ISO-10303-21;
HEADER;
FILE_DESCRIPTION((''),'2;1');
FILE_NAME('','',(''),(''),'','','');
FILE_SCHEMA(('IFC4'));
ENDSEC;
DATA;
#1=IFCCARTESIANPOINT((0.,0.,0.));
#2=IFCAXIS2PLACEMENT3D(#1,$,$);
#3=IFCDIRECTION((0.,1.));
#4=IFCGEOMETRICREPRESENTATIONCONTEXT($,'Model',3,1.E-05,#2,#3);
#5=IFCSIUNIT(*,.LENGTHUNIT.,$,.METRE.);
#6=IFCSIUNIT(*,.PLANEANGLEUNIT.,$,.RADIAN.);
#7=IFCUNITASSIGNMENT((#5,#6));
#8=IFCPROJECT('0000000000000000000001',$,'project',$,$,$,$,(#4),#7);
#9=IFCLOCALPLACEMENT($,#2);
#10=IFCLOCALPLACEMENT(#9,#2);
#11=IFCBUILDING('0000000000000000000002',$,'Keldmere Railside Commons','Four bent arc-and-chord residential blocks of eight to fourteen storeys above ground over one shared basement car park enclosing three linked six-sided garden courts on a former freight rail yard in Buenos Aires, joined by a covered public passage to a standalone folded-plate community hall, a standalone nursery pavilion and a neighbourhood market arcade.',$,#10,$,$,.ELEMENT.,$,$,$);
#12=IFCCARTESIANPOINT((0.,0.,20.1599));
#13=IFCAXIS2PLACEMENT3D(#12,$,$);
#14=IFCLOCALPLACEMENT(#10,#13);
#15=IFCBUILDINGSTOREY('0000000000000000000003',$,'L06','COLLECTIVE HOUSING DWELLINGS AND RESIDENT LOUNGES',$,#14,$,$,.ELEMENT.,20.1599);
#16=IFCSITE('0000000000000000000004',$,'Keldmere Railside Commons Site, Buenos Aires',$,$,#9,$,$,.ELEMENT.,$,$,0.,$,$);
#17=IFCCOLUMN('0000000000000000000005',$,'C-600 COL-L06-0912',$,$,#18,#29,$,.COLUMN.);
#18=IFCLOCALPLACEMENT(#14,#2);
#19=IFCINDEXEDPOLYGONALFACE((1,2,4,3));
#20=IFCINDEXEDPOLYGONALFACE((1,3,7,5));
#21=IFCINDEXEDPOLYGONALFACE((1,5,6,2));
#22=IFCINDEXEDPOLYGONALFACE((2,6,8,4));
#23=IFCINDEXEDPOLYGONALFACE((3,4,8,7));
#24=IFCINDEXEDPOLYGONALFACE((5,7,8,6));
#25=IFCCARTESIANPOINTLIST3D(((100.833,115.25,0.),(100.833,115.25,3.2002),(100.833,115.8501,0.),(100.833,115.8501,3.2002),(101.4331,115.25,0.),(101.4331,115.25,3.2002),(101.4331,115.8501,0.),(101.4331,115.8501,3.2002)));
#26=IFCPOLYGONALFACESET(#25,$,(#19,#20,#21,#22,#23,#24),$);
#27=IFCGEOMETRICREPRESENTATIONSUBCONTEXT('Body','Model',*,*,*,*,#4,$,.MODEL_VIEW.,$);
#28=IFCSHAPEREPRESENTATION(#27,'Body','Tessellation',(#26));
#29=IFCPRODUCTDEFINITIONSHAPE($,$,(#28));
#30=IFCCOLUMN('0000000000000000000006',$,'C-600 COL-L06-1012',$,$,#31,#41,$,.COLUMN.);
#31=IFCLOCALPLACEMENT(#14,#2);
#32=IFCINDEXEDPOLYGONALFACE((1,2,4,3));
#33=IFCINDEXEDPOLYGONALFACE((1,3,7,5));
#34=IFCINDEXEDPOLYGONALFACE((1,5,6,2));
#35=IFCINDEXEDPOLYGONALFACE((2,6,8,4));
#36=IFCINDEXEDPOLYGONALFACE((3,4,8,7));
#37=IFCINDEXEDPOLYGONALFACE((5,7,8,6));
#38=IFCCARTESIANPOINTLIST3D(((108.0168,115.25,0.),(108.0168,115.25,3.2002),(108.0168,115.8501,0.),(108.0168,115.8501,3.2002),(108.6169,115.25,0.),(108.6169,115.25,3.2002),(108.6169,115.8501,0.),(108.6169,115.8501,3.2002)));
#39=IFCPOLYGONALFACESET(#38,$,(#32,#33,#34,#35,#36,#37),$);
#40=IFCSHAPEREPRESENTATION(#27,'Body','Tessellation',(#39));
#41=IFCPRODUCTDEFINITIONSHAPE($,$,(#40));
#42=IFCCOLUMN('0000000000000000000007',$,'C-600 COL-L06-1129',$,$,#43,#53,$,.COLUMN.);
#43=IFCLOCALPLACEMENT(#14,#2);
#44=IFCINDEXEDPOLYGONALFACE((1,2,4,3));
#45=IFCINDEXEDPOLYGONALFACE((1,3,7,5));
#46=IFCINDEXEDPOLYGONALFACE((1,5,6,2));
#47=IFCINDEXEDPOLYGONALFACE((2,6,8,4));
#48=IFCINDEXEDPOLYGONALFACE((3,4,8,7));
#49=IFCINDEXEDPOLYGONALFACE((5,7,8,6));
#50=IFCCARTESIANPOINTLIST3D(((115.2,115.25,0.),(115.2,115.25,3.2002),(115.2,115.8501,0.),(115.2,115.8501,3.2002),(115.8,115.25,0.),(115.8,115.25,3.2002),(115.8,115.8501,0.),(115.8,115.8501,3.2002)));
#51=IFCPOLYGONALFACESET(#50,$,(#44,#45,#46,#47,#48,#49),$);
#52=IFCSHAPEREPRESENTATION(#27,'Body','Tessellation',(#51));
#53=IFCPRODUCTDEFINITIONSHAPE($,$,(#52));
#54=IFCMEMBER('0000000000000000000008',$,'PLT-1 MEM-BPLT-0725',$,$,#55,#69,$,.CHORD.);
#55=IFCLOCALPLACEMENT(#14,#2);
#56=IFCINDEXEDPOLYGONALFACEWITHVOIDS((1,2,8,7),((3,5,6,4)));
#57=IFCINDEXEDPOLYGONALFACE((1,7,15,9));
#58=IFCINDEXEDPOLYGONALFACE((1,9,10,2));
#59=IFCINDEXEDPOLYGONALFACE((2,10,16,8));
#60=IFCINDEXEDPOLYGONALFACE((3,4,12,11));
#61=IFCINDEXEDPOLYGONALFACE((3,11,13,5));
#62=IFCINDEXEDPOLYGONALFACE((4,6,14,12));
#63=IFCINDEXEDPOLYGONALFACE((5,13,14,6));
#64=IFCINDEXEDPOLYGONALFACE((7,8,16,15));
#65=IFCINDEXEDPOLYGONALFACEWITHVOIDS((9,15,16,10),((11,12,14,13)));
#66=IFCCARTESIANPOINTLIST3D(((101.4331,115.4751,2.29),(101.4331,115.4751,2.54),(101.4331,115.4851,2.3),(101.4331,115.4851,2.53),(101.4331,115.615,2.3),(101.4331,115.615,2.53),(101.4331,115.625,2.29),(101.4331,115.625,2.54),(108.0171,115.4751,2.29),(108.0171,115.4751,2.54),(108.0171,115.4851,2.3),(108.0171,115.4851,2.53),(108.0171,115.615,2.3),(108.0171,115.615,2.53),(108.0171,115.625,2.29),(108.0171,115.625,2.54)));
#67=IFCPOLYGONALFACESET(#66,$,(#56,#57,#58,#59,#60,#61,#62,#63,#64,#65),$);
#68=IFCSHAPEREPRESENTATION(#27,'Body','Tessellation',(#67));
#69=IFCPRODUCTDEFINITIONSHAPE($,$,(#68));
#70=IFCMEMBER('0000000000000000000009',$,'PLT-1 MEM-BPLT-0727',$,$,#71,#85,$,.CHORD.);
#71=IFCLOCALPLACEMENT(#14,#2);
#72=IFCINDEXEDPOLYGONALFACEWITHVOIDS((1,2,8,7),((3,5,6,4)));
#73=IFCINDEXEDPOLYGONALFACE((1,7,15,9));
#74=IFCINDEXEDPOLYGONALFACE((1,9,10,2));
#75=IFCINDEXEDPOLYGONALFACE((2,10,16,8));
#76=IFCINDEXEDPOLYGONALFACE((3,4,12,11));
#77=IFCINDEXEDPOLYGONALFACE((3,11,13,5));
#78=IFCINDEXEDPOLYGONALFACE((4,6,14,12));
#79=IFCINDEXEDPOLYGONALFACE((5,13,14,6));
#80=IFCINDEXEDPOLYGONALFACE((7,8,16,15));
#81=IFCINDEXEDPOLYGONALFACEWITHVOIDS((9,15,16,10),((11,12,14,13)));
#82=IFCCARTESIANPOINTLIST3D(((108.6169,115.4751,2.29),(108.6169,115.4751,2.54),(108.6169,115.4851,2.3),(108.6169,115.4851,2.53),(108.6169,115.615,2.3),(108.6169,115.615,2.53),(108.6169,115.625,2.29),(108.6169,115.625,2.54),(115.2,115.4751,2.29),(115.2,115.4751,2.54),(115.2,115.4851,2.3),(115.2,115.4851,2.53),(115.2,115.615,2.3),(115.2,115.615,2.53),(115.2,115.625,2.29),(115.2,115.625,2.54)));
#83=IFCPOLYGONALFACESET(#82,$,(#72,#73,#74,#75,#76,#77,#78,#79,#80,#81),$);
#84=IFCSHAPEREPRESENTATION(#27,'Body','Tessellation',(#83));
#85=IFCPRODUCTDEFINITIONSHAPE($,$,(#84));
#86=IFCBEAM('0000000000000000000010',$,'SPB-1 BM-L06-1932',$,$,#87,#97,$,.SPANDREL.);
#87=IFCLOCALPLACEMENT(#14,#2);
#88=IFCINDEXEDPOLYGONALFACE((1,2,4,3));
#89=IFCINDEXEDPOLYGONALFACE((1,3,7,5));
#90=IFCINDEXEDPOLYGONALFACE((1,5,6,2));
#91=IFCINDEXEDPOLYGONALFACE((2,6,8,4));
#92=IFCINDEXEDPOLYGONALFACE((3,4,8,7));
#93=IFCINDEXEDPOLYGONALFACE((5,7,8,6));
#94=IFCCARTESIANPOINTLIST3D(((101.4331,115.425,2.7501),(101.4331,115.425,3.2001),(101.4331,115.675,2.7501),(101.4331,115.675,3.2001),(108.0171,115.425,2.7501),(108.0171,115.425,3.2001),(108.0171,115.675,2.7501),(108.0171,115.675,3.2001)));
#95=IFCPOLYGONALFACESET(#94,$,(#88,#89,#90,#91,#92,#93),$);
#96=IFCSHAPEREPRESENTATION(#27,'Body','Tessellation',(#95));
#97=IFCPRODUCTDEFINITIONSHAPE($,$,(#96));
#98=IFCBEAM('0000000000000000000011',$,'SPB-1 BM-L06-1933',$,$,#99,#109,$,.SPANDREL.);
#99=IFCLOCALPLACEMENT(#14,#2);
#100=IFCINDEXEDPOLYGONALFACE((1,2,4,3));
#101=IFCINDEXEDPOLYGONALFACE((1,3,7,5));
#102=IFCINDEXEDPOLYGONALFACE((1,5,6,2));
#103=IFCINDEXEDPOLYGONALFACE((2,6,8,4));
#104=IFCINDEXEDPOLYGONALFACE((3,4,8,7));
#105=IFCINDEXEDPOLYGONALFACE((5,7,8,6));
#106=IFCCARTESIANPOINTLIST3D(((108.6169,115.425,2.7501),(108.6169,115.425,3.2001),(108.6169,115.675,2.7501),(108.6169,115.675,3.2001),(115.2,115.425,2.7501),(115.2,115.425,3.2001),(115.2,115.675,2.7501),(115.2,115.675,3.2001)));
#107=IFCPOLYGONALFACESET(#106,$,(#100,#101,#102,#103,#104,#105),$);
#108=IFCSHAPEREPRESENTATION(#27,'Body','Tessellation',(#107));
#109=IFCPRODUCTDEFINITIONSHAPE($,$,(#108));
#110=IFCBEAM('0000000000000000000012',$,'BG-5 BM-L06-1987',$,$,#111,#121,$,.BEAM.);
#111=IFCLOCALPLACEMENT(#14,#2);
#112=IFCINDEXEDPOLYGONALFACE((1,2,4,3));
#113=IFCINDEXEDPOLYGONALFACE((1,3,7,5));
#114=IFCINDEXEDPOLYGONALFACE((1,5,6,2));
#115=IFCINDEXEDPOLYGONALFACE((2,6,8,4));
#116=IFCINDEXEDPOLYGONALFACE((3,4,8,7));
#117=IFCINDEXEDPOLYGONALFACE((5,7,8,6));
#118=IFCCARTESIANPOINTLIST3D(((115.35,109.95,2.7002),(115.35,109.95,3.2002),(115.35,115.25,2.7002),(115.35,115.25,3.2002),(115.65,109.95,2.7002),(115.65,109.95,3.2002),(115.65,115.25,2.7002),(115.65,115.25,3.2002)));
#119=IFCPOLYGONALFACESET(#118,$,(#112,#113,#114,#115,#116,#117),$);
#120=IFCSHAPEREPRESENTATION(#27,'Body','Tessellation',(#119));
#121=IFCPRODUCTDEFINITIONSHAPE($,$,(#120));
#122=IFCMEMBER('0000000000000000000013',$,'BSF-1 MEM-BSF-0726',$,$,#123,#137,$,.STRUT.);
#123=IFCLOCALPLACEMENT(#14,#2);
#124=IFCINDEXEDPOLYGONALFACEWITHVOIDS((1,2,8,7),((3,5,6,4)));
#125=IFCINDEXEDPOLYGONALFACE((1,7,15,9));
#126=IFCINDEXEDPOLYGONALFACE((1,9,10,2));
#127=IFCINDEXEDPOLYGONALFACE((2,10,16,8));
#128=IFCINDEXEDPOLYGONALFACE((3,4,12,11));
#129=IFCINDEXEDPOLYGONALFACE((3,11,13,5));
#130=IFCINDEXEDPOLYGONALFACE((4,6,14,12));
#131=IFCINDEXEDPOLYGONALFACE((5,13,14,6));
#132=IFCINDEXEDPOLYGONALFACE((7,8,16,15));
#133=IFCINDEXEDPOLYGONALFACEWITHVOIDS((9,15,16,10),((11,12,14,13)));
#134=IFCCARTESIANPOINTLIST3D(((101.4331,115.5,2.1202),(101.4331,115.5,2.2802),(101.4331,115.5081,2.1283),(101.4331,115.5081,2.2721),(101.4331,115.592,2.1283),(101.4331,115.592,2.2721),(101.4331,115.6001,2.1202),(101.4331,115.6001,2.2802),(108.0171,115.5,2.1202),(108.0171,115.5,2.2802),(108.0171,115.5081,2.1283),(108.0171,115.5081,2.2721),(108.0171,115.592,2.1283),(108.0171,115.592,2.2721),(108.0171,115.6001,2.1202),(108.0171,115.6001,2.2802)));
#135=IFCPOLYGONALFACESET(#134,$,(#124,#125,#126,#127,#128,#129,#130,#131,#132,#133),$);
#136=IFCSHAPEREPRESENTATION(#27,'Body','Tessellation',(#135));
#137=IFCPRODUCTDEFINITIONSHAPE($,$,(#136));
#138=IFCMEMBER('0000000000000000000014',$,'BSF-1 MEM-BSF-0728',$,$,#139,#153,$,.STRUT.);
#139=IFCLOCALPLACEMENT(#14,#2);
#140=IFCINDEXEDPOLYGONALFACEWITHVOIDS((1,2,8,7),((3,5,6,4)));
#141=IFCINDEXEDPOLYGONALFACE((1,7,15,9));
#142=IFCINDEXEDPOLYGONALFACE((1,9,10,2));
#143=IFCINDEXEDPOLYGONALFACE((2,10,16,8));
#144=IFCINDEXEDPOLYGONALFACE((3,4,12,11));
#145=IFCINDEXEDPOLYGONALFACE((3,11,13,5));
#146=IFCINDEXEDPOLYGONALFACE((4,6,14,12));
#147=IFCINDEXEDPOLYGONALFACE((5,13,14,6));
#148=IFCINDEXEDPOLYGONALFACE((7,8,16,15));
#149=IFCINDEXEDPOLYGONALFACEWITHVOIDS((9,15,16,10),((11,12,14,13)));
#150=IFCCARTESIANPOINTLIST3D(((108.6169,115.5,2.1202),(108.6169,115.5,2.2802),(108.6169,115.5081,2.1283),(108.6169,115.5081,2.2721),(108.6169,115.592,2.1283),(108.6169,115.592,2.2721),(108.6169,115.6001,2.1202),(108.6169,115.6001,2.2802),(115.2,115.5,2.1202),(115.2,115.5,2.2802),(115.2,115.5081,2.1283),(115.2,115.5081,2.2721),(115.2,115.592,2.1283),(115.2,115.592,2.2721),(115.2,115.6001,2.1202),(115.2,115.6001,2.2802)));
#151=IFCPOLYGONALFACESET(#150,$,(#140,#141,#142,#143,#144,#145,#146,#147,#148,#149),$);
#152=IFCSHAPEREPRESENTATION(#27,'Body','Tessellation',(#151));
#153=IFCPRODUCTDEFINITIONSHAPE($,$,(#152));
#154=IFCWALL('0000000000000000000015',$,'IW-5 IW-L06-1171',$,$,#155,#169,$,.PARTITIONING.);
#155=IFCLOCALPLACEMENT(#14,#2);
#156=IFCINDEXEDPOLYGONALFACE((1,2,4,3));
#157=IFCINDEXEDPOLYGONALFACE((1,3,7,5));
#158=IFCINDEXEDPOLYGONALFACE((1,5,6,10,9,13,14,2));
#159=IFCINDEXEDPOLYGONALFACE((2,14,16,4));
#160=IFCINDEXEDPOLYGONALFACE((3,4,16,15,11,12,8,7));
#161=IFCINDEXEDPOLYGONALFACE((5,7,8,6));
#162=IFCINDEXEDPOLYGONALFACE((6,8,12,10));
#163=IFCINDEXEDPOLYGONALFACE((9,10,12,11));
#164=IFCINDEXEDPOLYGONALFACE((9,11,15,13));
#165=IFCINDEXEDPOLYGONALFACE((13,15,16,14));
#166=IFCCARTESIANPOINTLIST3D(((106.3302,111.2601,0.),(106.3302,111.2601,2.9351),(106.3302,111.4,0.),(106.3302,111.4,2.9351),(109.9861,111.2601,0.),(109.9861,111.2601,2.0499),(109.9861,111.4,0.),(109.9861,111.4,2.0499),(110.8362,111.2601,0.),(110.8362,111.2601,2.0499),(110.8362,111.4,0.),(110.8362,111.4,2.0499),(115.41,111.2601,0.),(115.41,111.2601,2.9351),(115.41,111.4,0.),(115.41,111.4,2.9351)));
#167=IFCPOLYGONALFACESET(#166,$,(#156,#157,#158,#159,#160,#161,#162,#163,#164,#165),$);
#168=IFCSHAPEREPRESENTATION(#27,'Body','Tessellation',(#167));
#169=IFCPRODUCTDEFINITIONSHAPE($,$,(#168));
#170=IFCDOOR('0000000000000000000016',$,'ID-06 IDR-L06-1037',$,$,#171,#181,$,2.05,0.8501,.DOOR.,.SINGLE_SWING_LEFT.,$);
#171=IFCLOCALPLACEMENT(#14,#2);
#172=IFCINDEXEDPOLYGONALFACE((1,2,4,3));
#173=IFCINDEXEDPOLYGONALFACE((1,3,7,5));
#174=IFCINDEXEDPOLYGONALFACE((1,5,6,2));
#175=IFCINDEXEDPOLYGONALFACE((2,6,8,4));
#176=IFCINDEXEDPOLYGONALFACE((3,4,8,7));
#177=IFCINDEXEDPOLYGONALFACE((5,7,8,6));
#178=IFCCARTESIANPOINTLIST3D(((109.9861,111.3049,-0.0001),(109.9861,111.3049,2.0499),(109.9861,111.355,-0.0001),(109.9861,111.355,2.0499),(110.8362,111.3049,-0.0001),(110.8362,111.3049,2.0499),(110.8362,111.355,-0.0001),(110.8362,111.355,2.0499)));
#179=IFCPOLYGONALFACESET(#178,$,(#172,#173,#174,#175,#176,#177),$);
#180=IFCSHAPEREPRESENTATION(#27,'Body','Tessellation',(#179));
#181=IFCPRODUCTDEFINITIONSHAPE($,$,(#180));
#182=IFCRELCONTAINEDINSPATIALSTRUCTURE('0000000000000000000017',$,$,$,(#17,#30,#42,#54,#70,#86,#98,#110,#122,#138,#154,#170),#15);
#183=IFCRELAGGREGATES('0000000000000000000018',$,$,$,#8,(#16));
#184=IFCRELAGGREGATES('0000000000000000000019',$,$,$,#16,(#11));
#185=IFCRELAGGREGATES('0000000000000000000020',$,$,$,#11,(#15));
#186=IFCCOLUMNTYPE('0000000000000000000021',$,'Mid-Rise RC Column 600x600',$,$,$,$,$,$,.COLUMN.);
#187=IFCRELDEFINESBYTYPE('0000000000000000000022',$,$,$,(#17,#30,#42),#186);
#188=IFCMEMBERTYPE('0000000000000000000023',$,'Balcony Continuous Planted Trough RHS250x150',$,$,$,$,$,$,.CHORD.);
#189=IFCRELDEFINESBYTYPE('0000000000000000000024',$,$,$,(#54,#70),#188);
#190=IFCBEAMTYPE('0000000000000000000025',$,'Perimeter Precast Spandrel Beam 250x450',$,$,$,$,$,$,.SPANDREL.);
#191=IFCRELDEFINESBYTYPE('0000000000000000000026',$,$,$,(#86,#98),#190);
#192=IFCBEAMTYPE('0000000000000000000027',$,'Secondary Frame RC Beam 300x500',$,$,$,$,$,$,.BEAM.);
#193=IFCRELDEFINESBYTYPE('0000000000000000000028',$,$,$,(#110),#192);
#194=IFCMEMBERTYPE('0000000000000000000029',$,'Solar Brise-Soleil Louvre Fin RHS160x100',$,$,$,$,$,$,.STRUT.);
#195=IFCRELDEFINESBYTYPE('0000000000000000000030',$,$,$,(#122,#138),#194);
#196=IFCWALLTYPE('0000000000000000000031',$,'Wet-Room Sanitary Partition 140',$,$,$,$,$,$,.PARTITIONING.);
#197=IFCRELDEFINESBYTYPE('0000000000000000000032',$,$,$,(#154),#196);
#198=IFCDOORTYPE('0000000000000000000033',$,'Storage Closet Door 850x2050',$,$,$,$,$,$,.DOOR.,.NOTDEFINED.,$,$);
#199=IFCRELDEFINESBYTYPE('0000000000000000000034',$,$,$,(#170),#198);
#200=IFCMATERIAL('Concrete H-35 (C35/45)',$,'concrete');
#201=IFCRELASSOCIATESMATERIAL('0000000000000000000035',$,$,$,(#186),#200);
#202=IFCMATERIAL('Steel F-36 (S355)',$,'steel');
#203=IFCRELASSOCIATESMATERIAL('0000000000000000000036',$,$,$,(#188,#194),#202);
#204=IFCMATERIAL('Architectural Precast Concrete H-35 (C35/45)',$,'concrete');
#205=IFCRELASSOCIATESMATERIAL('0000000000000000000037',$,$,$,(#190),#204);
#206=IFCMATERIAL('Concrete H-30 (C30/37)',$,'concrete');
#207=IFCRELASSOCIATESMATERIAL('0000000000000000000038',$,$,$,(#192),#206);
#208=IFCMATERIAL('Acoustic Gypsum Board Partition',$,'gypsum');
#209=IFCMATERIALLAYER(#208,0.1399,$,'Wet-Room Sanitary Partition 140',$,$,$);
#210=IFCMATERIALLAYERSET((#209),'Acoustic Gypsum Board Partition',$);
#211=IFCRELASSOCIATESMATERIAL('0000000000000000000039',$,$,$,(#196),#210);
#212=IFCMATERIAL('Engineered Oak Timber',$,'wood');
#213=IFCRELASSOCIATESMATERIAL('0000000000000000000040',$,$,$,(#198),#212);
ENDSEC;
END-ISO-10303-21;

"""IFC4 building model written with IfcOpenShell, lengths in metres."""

from ifc_helpers import new_model, si_unit, direction, frame, frame_2d, origin, origin_2d, place, context, subcontext, project, spatial, rectangle, hollow_rectangle, extrude, material, layer, layer_set, material_profile, profile_set, type_object, element, fill, save


model = new_model("IFC4")

# Units and contexts
model_context = context("Model", 3, precision=1e-05, world=origin(), true_north=direction((0.0, 1.0)))
body_context = subcontext(model_context, "Body", "Model", "MODEL_VIEW")
ifc_project = project(units=[si_unit("LENGTHUNIT", "METRE"), si_unit("PLANEANGLEUNIT", "RADIAN")], contexts=[model_context])

# Site, building, storey
site_placement = place(None, origin())
site = spatial("IfcSite", under=ifc_project, at=site_placement, Name="Keldmere Railside Commons Site, Buenos Aires", CompositionType="ELEMENT", RefElevation=0.0)
building_placement = place(site_placement, origin())
building = spatial("IfcBuilding", under=site, at=building_placement, Name="Keldmere Railside Commons", Description="Four bent arc-and-chord residential blocks of eight to fourteen storeys above ground over one shared basement car park enclosing three linked six-sided garden courts on a former freight rail yard in Buenos Aires, joined by a covered public passage to a standalone folded-plate community hall, a standalone nursery pavilion and a neighbourhood market arcade.", CompositionType="ELEMENT")
storey_placement = place(building_placement, frame((0.0, 0.0, 20.1599)))
storey = spatial("IfcBuildingStorey", under=building, at=storey_placement, Name="L06", Description="COLLECTIVE HOUSING DWELLINGS AND RESIDENT LOUNGES", CompositionType="ELEMENT", Elevation=20.1599)

# Columns
ifc_material_1 = material(Name="Concrete H-35 (C35/45)", Category="concrete")
ifc_material_profile_1 = material_profile(ifc_material_1, rectangle(XDim=0.6001, YDim=0.6001, at=origin_2d()), Name="RC-600x600")
ifc_profile_set_1 = profile_set([ifc_material_profile_1], Name="Concrete H-35 (C35/45)")
column_type = type_object("IfcColumnType", Name="Mid-Rise RC Column 600x600", PredefinedType="COLUMN", material=ifc_profile_set_1)
for number, where, z_axis, x_axis, name in (
    (1, (101.1331, 115.55, 0.0), (0.0, 0.0, 1.0), (1.0, 0.0, 0.0), "C-600 COL-L06-0912"),
    (2, (108.3169, 115.55, 0.0), (0.0, 0.0, 1.0), (1.0, 0.0, 0.0), "C-600 COL-L06-1012"),
    (3, (115.5, 115.55, 0.0), (0.0, 0.0, 1.0), (1.0, 0.0, 0.0), "C-600 COL-L06-1129"),
):
    element("IfcColumn", number, at=place(storey_placement, frame(where, z_axis=z_axis, x_axis=x_axis)), inside=storey, type_object=column_type, Name=name, PredefinedType="COLUMN", context=body_context, shape_type="SweptSolid", body=[
        extrude(rectangle(XDim=0.6001, YDim=0.6001, at=origin_2d()), origin(), (0.0, 0.0, 1.0), 3.2002),
    ])

# Members
ifc_material_2 = material(Name="Steel F-36 (S355)", Category="steel")
ifc_material_profile_2 = material_profile(ifc_material_2, hollow_rectangle(XDim=0.1499, YDim=0.25, WallThickness=0.01, at=origin_2d()), Name="RHS-250x150x10")
ifc_profile_set_2 = profile_set([ifc_material_profile_2], Name="Steel F-36 (S355)")
member_type_1 = type_object("IfcMemberType", Name="Balcony Continuous Planted Trough RHS250x150", PredefinedType="CHORD", material=ifc_profile_set_2)
member_1_placement = place(storey_placement, frame((101.4331, 115.55, 2.415), z_axis=(1.0, 0.0, 0.0), x_axis=(0.0, 1.0, 0.0)))
element("IfcMember", 4, at=member_1_placement, inside=storey, type_object=member_type_1, Name="PLT-1 MEM-BPLT-0725", PredefinedType="CHORD", context=body_context, shape_type="SweptSolid", body=[
    extrude(hollow_rectangle(XDim=0.1499, YDim=0.25, WallThickness=0.01, at=origin_2d()), origin(), (0.0, 0.0, 1.0), 6.584),
])
member_2_placement = place(storey_placement, frame((108.6169, 115.55, 2.415), z_axis=(1.0, 0.0, 0.0), x_axis=(0.0, 1.0, 0.0)))
element("IfcMember", 5, at=member_2_placement, inside=storey, type_object=member_type_1, Name="PLT-1 MEM-BPLT-0727", PredefinedType="CHORD", context=body_context, shape_type="SweptSolid", body=[
    extrude(hollow_rectangle(XDim=0.1499, YDim=0.25, WallThickness=0.01, at=origin_2d()), origin(), (0.0, 0.0, 1.0), 6.583),
])

# Beams
ifc_material_3 = material(Name="Architectural Precast Concrete H-35 (C35/45)", Category="concrete")
ifc_material_profile_3 = material_profile(ifc_material_3, rectangle(XDim=0.25, YDim=0.45, at=origin_2d()), Name="RC-250x450")
ifc_profile_set_3 = profile_set([ifc_material_profile_3], Name="Architectural Precast Concrete H-35 (C35/45)")
beam_type_1 = type_object("IfcBeamType", Name="Perimeter Precast Spandrel Beam 250x450", PredefinedType="SPANDREL", material=ifc_profile_set_3)
beam_1_placement = place(storey_placement, frame((101.4331, 115.55, 2.9751), z_axis=(1.0, 0.0, 0.0), x_axis=(0.0, 1.0, 0.0)))
element("IfcBeam", 6, at=beam_1_placement, inside=storey, type_object=beam_type_1, Name="SPB-1 BM-L06-1932", PredefinedType="SPANDREL", context=body_context, shape_type="SweptSolid", body=[
    extrude(rectangle(XDim=0.25, YDim=0.45, at=origin_2d()), origin(), (0.0, 0.0, 1.0), 6.584),
])
beam_2_placement = place(storey_placement, frame((108.6169, 115.55, 2.9751), z_axis=(1.0, 0.0, 0.0), x_axis=(0.0, 1.0, 0.0)))
element("IfcBeam", 7, at=beam_2_placement, inside=storey, type_object=beam_type_1, Name="SPB-1 BM-L06-1933", PredefinedType="SPANDREL", context=body_context, shape_type="SweptSolid", body=[
    extrude(rectangle(XDim=0.25, YDim=0.45, at=origin_2d()), origin(), (0.0, 0.0, 1.0), 6.583),
])
ifc_material_4 = material(Name="Concrete H-30 (C30/37)", Category="concrete")
ifc_material_profile_4 = material_profile(ifc_material_4, rectangle(XDim=0.3, YDim=0.5, at=origin_2d()), Name="RC-300x500")
ifc_profile_set_4 = profile_set([ifc_material_profile_4], Name="Concrete H-30 (C30/37)")
beam_type_2 = type_object("IfcBeamType", Name="Secondary Frame RC Beam 300x500", PredefinedType="BEAM", material=ifc_profile_set_4)
beam_3_placement = place(storey_placement, frame((115.5, 109.95, 2.9502), z_axis=(0.0, 1.0, 0.0), x_axis=(-1.0, 0.0, 0.0)))
element("IfcBeam", 8, at=beam_3_placement, inside=storey, type_object=beam_type_2, Name="BG-5 BM-L06-1987", PredefinedType="BEAM", context=body_context, shape_type="SweptSolid", body=[
    extrude(rectangle(XDim=0.3, YDim=0.5, at=origin_2d()), origin(), (0.0, 0.0, 1.0), 5.3),
])

# Members
ifc_material_profile_5 = material_profile(ifc_material_2, hollow_rectangle(XDim=0.1001, YDim=0.1599, WallThickness=0.0081, at=origin_2d()), Name="RHS-160x100x8")
ifc_profile_set_5 = profile_set([ifc_material_profile_5], Name="Steel F-36 (S355)")
member_type_2 = type_object("IfcMemberType", Name="Solar Brise-Soleil Louvre Fin RHS160x100", PredefinedType="STRUT", material=ifc_profile_set_5)
member_3_placement = place(storey_placement, frame((101.4331, 115.55, 2.2002), z_axis=(1.0, 0.0, 0.0), x_axis=(0.0, 1.0, 0.0)))
element("IfcMember", 9, at=member_3_placement, inside=storey, type_object=member_type_2, Name="BSF-1 MEM-BSF-0726", PredefinedType="STRUT", context=body_context, shape_type="SweptSolid", body=[
    extrude(hollow_rectangle(XDim=0.1001, YDim=0.1599, WallThickness=0.0081, at=origin_2d()), origin(), (0.0, 0.0, 1.0), 6.584),
])
member_4_placement = place(storey_placement, frame((108.6169, 115.55, 2.2002), z_axis=(1.0, 0.0, 0.0), x_axis=(0.0, 1.0, 0.0)))
element("IfcMember", 10, at=member_4_placement, inside=storey, type_object=member_type_2, Name="BSF-1 MEM-BSF-0728", PredefinedType="STRUT", context=body_context, shape_type="SweptSolid", body=[
    extrude(hollow_rectangle(XDim=0.1001, YDim=0.1599, WallThickness=0.0081, at=origin_2d()), origin(), (0.0, 0.0, 1.0), 6.583),
])

# Wall, opening, door
ifc_material_5 = material(Name="Acoustic Gypsum Board Partition", Category="gypsum")
ifc_layer = layer(ifc_material_5, 0.1399, Name="Wet-Room Sanitary Partition 140")
ifc_layer_set = layer_set([ifc_layer], Name="Acoustic Gypsum Board Partition")
wall_type = type_object("IfcWallType", Name="Wet-Room Sanitary Partition 140", PredefinedType="PARTITIONING", material=ifc_layer_set)
wall_placement = place(storey_placement, frame((106.3301, 111.3301, 0.0), z_axis=(0.0, 0.0, 1.0), x_axis=(1.0, 0.0, 0.0)))
wall = element("IfcWall", 11, at=wall_placement, inside=storey, type_object=wall_type, Name="IW-5 IW-L06-1171", PredefinedType="PARTITIONING", context=body_context, shape_type="SweptSolid", body=[
    extrude(rectangle(XDim=9.0798, YDim=0.1399, at=frame_2d((4.54, 0.0))), origin(), (0.0, 0.0, 1.0), 2.9351),
])
opening_placement = place(wall_placement, frame((3.656, 0.0, 0.0)))
opening = element("IfcOpeningElement", 12, at=opening_placement, cuts=wall, PredefinedType="OPENING", context=body_context, shape_type="SweptSolid", body=[
    extrude(rectangle(XDim=0.8501, YDim=2.05, at=frame_2d((0.425, 1.0249))), frame((0.0, 0.0798, 0.0), z_axis=(0.0, -1.0, 0.0), x_axis=(1.0, 0.0, 0.0)), (0.0, 0.0, 1.0), 0.1599),
])
ifc_material_6 = material(Name="Engineered Oak Timber", Category="wood")
door_type = type_object("IfcDoorType", Name="Storage Closet Door 850x2050", OperationType="NOTDEFINED", PredefinedType="DOOR", material=ifc_material_6)
door_placement = place(opening_placement, origin())
door = element("IfcDoor", 13, at=door_placement, inside=storey, type_object=door_type, Name="ID-06 IDR-L06-1037", OperationType="SINGLE_SWING_LEFT", OverallHeight=2.05, OverallWidth=0.8501, PredefinedType="DOOR", context=body_context, shape_type="SweptSolid", body=[
    extrude(rectangle(XDim=0.8501, YDim=2.05, at=frame_2d((0.425, 1.0249))), frame((0.0, 0.0249, 0.0), z_axis=(0.0, -1.0, 0.0), x_axis=(1.0, 0.0, 0.0)), (0.0, 0.0, 1.0), 0.05),
])
fill(opening, door)

save(model, "model.ifc")
